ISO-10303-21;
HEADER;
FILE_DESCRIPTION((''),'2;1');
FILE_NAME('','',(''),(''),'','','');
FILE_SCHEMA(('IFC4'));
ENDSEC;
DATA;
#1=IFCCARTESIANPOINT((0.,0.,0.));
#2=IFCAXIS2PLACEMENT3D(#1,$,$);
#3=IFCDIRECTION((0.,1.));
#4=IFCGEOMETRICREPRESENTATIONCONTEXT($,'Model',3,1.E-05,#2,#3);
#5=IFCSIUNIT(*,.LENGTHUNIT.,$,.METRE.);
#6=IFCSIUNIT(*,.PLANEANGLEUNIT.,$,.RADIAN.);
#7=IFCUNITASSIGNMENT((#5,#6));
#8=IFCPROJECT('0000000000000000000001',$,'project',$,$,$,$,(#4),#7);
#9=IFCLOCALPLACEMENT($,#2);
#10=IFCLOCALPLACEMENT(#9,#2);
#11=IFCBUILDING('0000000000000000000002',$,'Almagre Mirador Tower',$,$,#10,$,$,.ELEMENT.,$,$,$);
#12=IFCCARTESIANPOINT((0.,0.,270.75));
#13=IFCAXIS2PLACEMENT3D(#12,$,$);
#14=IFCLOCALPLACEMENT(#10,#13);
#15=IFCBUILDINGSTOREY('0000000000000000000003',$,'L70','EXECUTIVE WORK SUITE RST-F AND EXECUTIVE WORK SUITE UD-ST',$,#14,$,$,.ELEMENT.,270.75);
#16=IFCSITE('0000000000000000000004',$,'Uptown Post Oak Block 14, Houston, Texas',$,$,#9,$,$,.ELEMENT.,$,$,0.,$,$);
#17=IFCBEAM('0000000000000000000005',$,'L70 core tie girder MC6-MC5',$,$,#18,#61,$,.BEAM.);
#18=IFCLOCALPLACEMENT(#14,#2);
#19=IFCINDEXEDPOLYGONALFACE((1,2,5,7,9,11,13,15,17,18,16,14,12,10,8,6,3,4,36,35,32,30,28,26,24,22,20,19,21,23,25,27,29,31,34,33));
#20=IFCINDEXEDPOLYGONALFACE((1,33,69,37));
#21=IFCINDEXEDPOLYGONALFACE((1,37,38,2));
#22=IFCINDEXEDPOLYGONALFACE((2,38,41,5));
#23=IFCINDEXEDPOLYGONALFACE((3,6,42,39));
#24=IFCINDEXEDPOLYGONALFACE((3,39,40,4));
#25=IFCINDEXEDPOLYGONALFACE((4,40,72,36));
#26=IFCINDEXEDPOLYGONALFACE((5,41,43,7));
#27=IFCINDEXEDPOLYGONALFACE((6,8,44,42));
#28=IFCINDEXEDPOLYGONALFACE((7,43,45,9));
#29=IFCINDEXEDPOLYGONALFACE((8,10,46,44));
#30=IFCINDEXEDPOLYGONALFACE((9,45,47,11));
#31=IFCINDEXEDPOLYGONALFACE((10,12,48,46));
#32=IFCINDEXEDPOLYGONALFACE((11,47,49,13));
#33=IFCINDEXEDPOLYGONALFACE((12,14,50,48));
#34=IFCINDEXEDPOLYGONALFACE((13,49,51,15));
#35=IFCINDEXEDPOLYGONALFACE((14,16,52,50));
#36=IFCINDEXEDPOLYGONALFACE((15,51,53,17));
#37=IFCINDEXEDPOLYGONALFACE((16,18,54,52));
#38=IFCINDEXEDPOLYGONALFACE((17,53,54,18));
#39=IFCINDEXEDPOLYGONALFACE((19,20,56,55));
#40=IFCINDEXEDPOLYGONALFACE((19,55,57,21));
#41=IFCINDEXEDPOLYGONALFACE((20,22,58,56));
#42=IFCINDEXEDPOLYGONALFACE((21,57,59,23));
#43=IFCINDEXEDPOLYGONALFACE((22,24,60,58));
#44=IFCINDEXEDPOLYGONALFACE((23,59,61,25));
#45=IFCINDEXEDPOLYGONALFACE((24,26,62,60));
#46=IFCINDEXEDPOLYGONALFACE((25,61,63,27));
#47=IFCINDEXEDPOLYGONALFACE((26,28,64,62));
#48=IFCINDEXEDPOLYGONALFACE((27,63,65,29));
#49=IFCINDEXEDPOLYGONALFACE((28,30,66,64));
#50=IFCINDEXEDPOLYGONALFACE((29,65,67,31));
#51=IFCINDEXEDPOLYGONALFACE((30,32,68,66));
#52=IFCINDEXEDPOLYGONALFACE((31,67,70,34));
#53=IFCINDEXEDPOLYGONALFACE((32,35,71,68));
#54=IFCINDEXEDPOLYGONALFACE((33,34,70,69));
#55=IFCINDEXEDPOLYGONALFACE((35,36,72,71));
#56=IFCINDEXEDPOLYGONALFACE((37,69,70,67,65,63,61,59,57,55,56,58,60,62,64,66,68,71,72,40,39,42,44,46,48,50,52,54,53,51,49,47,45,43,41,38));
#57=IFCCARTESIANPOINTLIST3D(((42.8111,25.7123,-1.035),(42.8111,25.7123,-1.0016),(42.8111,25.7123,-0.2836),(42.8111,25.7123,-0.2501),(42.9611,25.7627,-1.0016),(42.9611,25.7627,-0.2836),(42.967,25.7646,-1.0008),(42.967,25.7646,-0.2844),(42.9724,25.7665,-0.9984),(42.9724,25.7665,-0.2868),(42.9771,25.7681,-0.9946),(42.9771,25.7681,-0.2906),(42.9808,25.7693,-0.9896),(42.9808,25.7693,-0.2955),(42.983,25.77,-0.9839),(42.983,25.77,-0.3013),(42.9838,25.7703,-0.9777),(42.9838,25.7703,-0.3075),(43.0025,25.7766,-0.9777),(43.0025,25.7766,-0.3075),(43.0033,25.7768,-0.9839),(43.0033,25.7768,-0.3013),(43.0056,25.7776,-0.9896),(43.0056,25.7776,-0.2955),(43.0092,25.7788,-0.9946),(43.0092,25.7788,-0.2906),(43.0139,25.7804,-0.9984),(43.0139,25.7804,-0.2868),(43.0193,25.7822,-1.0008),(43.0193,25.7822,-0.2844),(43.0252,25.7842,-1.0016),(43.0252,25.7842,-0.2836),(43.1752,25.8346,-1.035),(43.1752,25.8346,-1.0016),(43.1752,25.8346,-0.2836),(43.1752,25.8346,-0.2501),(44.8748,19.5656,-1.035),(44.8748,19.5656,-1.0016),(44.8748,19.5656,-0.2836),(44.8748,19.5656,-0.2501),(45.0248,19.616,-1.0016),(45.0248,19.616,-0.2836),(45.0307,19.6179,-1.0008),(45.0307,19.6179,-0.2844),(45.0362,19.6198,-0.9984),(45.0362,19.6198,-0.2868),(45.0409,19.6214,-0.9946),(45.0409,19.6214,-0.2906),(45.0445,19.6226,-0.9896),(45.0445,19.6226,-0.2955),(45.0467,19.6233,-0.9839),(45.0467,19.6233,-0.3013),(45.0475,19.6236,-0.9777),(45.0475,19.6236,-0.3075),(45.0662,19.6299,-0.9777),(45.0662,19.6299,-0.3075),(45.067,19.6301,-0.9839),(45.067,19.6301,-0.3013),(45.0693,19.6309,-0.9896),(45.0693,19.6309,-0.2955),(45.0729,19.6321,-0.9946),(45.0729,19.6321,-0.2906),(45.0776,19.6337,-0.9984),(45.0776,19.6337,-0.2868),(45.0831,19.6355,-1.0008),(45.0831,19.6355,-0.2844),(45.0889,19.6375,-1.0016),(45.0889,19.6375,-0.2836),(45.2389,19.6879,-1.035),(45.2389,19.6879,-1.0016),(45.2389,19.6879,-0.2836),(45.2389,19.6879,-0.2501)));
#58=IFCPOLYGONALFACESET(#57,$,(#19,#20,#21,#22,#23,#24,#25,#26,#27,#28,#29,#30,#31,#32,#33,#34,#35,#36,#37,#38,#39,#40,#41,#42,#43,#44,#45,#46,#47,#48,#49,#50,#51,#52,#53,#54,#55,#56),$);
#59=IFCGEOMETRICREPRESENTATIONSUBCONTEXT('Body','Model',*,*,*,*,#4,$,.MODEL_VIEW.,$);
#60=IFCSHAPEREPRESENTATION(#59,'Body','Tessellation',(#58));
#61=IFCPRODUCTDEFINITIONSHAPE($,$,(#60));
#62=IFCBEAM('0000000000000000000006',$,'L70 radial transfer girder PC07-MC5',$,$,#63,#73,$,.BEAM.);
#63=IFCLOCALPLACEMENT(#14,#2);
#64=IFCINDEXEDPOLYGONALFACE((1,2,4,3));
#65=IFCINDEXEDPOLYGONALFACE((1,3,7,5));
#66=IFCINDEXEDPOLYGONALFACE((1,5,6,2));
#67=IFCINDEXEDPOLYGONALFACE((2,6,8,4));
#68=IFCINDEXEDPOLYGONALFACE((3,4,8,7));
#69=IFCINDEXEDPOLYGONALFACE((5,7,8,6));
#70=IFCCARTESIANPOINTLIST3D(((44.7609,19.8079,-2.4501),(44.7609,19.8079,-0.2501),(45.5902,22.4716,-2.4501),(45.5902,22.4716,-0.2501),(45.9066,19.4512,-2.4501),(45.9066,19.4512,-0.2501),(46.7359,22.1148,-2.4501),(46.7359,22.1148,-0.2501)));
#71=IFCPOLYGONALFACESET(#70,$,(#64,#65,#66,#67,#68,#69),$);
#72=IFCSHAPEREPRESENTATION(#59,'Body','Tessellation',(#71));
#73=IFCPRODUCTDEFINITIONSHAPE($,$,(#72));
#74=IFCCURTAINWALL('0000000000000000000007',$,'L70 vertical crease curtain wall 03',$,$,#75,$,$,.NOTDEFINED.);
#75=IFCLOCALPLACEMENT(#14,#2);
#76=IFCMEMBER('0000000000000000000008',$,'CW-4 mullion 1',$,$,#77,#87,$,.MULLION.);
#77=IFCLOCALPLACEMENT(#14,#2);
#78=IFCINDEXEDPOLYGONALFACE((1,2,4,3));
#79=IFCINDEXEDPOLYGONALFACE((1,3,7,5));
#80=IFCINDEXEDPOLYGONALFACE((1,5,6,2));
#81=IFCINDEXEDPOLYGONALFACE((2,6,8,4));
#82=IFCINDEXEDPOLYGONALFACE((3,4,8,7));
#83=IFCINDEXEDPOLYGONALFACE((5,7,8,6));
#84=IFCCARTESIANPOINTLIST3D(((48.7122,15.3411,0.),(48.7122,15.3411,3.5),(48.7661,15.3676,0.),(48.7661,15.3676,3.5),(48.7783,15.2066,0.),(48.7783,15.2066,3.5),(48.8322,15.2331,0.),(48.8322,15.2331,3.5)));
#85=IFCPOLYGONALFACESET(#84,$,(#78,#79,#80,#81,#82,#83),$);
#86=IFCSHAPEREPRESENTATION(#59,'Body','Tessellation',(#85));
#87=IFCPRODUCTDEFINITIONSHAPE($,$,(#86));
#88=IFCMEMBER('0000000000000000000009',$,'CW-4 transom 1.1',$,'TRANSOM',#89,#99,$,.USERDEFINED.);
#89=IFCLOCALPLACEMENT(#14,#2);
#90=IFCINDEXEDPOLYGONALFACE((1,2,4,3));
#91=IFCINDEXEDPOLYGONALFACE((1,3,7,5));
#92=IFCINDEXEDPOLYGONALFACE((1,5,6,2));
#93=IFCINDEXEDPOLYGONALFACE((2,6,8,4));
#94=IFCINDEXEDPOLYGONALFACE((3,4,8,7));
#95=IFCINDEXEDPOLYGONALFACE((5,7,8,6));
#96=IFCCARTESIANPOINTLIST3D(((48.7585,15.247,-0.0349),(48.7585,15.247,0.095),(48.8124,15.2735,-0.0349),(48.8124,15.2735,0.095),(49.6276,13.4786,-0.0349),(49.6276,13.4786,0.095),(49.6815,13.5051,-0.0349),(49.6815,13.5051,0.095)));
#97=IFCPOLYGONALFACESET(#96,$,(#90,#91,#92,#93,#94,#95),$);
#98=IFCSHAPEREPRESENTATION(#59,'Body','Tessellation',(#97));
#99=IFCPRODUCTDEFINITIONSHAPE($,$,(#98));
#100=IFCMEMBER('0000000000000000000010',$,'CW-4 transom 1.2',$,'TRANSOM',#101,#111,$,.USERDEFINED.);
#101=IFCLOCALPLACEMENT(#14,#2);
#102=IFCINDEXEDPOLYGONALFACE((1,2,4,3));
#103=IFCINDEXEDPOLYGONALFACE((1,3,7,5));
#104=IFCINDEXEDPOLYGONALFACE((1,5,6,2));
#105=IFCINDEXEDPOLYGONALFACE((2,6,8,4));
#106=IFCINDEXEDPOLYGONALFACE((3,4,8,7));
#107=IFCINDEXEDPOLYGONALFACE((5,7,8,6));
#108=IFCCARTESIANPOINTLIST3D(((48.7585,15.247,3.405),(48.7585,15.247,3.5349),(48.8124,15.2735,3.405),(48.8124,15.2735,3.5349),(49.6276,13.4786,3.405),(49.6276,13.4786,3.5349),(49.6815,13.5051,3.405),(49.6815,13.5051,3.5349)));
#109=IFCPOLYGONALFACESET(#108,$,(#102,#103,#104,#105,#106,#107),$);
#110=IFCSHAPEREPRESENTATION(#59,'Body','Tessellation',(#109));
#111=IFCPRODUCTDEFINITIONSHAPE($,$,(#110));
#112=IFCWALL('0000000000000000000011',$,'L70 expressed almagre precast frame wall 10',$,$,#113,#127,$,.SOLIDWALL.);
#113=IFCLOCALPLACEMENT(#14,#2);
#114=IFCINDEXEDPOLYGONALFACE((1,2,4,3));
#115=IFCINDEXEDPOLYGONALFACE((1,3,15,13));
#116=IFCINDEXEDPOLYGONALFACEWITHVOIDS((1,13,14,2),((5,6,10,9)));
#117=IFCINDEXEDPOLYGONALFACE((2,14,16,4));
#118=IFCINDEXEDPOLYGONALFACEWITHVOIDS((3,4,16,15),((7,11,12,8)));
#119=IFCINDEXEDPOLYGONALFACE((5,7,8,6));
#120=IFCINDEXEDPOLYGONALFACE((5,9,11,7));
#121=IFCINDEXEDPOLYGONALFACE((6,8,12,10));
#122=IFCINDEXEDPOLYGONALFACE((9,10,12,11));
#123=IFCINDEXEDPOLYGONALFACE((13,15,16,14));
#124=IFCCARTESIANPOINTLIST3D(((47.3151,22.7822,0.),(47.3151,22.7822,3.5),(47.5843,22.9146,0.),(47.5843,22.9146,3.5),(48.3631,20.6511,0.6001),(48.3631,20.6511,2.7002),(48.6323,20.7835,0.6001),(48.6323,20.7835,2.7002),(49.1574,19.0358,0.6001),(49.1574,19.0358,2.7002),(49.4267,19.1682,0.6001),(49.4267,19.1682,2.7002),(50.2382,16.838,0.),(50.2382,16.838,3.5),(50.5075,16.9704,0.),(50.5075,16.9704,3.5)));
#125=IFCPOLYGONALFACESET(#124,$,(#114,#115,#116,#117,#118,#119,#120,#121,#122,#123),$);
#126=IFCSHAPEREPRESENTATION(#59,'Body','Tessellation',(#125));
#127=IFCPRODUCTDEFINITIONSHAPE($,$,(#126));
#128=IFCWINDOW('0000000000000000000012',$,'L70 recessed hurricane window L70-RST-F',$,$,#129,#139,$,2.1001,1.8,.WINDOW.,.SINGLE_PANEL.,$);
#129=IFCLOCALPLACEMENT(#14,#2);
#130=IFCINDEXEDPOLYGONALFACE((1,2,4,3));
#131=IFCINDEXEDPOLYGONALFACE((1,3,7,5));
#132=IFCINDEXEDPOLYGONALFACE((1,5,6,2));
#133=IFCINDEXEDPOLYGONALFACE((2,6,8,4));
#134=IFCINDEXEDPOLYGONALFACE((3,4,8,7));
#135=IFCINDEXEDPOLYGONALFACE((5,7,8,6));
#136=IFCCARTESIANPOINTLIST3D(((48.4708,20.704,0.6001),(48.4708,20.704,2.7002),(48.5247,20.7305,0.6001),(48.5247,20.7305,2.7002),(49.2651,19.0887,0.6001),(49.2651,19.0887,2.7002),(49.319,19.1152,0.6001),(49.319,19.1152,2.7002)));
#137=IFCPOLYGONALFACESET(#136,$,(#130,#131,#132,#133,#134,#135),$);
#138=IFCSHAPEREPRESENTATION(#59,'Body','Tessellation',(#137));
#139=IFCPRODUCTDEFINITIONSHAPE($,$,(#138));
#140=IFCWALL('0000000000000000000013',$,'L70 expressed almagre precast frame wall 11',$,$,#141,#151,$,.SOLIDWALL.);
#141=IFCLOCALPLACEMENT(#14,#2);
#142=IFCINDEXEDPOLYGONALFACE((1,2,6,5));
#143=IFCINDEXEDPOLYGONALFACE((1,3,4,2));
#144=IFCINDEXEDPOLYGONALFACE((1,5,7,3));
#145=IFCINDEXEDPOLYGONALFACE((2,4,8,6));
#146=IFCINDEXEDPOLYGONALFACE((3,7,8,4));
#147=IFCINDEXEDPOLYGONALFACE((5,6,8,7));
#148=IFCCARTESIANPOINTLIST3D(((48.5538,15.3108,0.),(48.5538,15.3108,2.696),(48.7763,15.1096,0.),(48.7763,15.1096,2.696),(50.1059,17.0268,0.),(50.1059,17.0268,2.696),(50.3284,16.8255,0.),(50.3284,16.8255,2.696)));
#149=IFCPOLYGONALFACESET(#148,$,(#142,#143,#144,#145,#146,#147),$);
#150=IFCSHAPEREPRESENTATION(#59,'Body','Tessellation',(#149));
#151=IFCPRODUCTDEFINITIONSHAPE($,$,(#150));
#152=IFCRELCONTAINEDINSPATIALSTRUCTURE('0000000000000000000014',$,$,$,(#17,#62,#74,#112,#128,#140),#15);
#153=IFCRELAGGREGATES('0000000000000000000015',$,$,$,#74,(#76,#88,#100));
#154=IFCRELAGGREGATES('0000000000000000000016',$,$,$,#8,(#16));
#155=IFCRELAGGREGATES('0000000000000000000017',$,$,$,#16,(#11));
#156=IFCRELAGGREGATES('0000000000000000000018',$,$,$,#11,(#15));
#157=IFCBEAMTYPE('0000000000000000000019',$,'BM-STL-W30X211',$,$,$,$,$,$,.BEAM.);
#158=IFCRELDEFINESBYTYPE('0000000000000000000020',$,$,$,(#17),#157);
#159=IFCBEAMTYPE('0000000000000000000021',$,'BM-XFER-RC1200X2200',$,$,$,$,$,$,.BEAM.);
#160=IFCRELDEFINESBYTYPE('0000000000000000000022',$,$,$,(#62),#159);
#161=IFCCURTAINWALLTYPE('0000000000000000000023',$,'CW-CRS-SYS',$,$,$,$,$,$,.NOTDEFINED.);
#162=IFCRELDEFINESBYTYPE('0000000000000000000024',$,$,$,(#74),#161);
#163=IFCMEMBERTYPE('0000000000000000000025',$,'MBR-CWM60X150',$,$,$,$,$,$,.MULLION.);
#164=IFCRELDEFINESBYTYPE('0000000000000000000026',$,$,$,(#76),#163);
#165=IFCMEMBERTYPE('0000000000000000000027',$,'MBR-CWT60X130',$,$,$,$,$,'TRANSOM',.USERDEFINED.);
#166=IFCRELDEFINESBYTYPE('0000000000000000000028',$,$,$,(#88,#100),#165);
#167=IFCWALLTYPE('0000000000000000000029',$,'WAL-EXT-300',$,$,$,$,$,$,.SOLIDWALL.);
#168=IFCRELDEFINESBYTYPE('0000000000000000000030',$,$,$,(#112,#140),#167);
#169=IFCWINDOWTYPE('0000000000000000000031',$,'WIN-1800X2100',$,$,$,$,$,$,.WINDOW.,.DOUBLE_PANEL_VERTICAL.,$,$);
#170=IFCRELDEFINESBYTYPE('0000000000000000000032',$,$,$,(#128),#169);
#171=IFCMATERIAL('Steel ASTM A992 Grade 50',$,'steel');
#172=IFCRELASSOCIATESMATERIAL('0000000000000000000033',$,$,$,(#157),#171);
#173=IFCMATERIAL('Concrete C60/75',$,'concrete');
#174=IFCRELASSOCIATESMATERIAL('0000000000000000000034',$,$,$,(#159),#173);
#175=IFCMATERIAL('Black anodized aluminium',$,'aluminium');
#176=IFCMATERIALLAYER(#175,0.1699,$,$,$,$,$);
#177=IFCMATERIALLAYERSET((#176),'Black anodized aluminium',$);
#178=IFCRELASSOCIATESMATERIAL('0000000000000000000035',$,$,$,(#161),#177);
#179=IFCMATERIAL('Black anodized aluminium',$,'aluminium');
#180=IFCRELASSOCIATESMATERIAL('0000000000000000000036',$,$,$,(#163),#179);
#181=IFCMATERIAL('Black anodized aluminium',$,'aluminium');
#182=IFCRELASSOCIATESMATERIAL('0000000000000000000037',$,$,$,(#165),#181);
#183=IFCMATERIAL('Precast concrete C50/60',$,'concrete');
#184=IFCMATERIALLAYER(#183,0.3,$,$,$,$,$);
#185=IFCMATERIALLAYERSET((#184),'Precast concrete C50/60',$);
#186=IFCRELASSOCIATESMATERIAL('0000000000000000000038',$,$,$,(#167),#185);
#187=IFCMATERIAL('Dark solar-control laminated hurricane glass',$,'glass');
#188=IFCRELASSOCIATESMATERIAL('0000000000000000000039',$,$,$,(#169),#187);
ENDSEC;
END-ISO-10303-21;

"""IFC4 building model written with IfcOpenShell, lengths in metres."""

from ifc_helpers import new_model, si_unit, direction, frame, frame_2d, origin, origin_2d, place, context, subcontext, project, spatial, rectangle, i_section, extrude, material, layer, layer_set, material_profile, profile_set, type_object, element, fill, aggregate, save


model = new_model("IFC4")

# Units and contexts
model_context = context("Model", 3, precision=1e-05, world=origin(), true_north=direction((0.0, 1.0)))
body_context = subcontext(model_context, "Body", "Model", "MODEL_VIEW")
ifc_project = project(units=[si_unit("LENGTHUNIT", "METRE"), si_unit("PLANEANGLEUNIT", "RADIAN")], contexts=[model_context])

# Site, building, storey
site_placement = place(None, origin())
site = spatial("IfcSite", under=ifc_project, at=site_placement, Name="Uptown Post Oak Block 14, Houston, Texas", CompositionType="ELEMENT", RefElevation=0.0)
building_placement = place(site_placement, origin())
building = spatial("IfcBuilding", under=site, at=building_placement, Name="Almagre Mirador Tower", CompositionType="ELEMENT")
storey_placement = place(building_placement, frame((0.0, 0.0, 270.75)))
storey = spatial("IfcBuildingStorey", under=building, at=storey_placement, Name="L70", Description="EXECUTIVE WORK SUITE RST-F AND EXECUTIVE WORK SUITE UD-ST", CompositionType="ELEMENT", Elevation=270.75)

# Beams
ifc_material_1 = material(Name="Steel ASTM A992 Grade 50", Category="steel")
ifc_material_profile_1 = material_profile(ifc_material_1, i_section(OverallWidth=0.384, OverallDepth=0.7849, WebThickness=0.0198, FlangeThickness=0.0334, FilletRadius=0.0239, at=origin_2d()), Name="W30X211")
ifc_profile_set_1 = profile_set([ifc_material_profile_1], Name="Steel ASTM A992 Grade 50")
beam_type_1 = type_object("IfcBeamType", Name="BM-STL-W30X211", PredefinedType="BEAM", material=ifc_profile_set_1)
beam_1_placement = place(storey_placement, frame((42.9932, 25.7734, -0.6426), z_axis=(0.318283, -0.947996, 0.0), x_axis=(0.947996, 0.318283, 0.0)))
element("IfcBeam", 1, at=beam_1_placement, inside=storey, type_object=beam_type_1, Name="L70 core tie girder MC6-MC5", PredefinedType="BEAM", context=body_context, shape_type="SweptSolid", body=[
    extrude(i_section(OverallWidth=0.384, OverallDepth=0.7849, WebThickness=0.0198, FlangeThickness=0.0334, FilletRadius=0.0239, at=origin_2d()), origin(), (0.0, 0.0, 1.0), 6.4839),
])
ifc_material_2 = material(Name="Concrete C60/75", Category="concrete")
ifc_material_profile_2 = material_profile(ifc_material_2, rectangle(XDim=1.2, YDim=2.2, at=origin_2d()), Name="RC1200X2200")
ifc_profile_set_2 = profile_set([ifc_material_profile_2], Name="Concrete C60/75")
beam_type_2 = type_object("IfcBeamType", Name="BM-XFER-RC1200X2200", PredefinedType="BEAM", material=ifc_profile_set_2)
beam_2_placement = place(storey_placement, frame((46.1631, 22.2932, -1.3501), z_axis=(-0.297288, -0.954788, 0.0), x_axis=(0.954788, -0.297288, 0.0)))
element("IfcBeam", 2, at=beam_2_placement, inside=storey, type_object=beam_type_2, Name="L70 radial transfer girder PC07-MC5", PredefinedType="BEAM", context=body_context, shape_type="SweptSolid", body=[
    extrude(rectangle(XDim=1.2, YDim=2.2, at=origin_2d()), origin(), (0.0, 0.0, 1.0), 2.7898),
])

# Curtain wall, members
ifc_material_3 = material(Name="Black anodized aluminium", Category="aluminium")
ifc_layer_1 = layer(ifc_material_3, 0.1699)
ifc_layer_set_1 = layer_set([ifc_layer_1], Name="Black anodized aluminium")
curtain_wall_type = type_object("IfcCurtainWallType", Name="CW-CRS-SYS", PredefinedType="NOTDEFINED", material=ifc_layer_set_1)
curtain_wall_placement = place(storey_placement, origin())
curtain_wall = element("IfcCurtainWall", 3, at=curtain_wall_placement, inside=storey, type_object=curtain_wall_type, Name="L70 vertical crease curtain wall 03", PredefinedType="NOTDEFINED")
ifc_material_4 = material(Name="Black anodized aluminium", Category="aluminium")
ifc_material_profile_3 = material_profile(ifc_material_4, rectangle(XDim=0.0601, YDim=0.1499, at=origin_2d()), Name="CWM60X150")
ifc_profile_set_3 = profile_set([ifc_material_profile_3], Name="Black anodized aluminium")
member_type_1 = type_object("IfcMemberType", Name="MBR-CWM60X150", PredefinedType="MULLION", material=ifc_profile_set_3)
member_1_placement = place(storey_placement, frame((48.7722, 15.2871, 0.0), z_axis=(0.0, 0.0, 1.0), x_axis=(0.897468, 0.44108, 0.0)))
member_1 = element("IfcMember", 4, at=member_1_placement, type_object=member_type_1, Name="CW-4 mullion 1", PredefinedType="MULLION", context=body_context, shape_type="SweptSolid", body=[
    extrude(rectangle(XDim=0.0601, YDim=0.1499, at=origin_2d()), origin(), (0.0, 0.0, 1.0), 3.5),
])
ifc_material_5 = material(Name="Black anodized aluminium", Category="aluminium")
ifc_material_profile_4 = material_profile(ifc_material_5, rectangle(XDim=0.0601, YDim=0.1299, at=origin_2d()), Name="CWT60X130")
ifc_profile_set_4 = profile_set([ifc_material_profile_4], Name="Black anodized aluminium")
member_type_2 = type_object("IfcMemberType", Name="MBR-CWT60X130", ElementType="TRANSOM", PredefinedType="USERDEFINED", material=ifc_profile_set_4)
member_2_placement = place(storey_placement, frame((48.7854, 15.2603, 0.03), z_axis=(0.441107, -0.897455, 0.0), x_axis=(0.897455, 0.441107, 0.0)))
member_2 = element("IfcMember", 5, at=member_2_placement, type_object=member_type_2, Name="CW-4 transom 1.1", ObjectType="TRANSOM", PredefinedType="USERDEFINED", context=body_context, shape_type="SweptSolid", body=[
    extrude(rectangle(XDim=0.0601, YDim=0.1299, at=origin_2d()), origin(), (0.0, 0.0, 1.0), 1.9705),
])
member_3_placement = place(storey_placement, frame((48.7854, 15.2603, 3.47), z_axis=(0.441107, -0.897455, 0.0), x_axis=(0.897455, 0.441107, 0.0)))
member_3 = element("IfcMember", 6, at=member_3_placement, type_object=member_type_2, Name="CW-4 transom 1.2", ObjectType="TRANSOM", PredefinedType="USERDEFINED", context=body_context, shape_type="SweptSolid", body=[
    extrude(rectangle(XDim=0.0601, YDim=0.1299, at=origin_2d()), origin(), (0.0, 0.0, 1.0), 1.9705),
])
aggregate(curtain_wall, [member_1, member_2, member_3])

# Wall, opening, window
ifc_material_6 = material(Name="Precast concrete C50/60", Category="concrete")
ifc_layer_2 = layer(ifc_material_6, 0.3)
ifc_layer_set_2 = layer_set([ifc_layer_2], Name="Precast concrete C50/60")
wall_type_1 = type_object("IfcWallType", Name="WAL-EXT-300", PredefinedType="SOLIDWALL", material=ifc_layer_set_2)
wall_1_placement = place(storey_placement, frame((47.4497, 22.8484, 0.0), z_axis=(0.0, 0.0, 1.0), x_axis=(0.441292, -0.897364, 0.0)))
wall_1 = element("IfcWall", 7, at=wall_1_placement, inside=storey, type_object=wall_type_1, Name="L70 expressed almagre precast frame wall 10", PredefinedType="SOLIDWALL", context=body_context, shape_type="SweptSolid", body=[
    extrude(rectangle(XDim=6.624, YDim=0.3, at=frame_2d((3.312, 0.0))), origin(), (0.0, 0.0, 1.0), 3.5),
])
opening_1_placement = place(wall_1_placement, frame((2.375, 0.0, 0.6001)))
opening_1 = element("IfcOpeningElement", 8, at=opening_1_placement, cuts=wall_1, PredefinedType="OPENING", context=body_context, shape_type="SweptSolid", body=[
    extrude(rectangle(XDim=1.8, YDim=2.1001, at=frame_2d((0.8999, 1.05))), frame((0.0, 0.1599, 0.0), z_axis=(0.0, -1.0, 0.0), x_axis=(1.0, 0.0, 0.0)), (0.0, 0.0, 1.0), 0.32),
])
ifc_material_7 = material(Name="Dark solar-control laminated hurricane glass", Category="glass")
window_type = type_object("IfcWindowType", Name="WIN-1800X2100", PartitioningType="DOUBLE_PANEL_VERTICAL", PredefinedType="WINDOW", material=ifc_material_7)
window_placement = place(opening_1_placement, origin())
window = element("IfcWindow", 9, at=window_placement, inside=storey, type_object=window_type, Name="L70 recessed hurricane window L70-RST-F", OverallHeight=2.1001, OverallWidth=1.8, PartitioningType="SINGLE_PANEL", PredefinedType="WINDOW", context=body_context, shape_type="SweptSolid", body=[
    extrude(rectangle(XDim=1.8, YDim=2.1001, at=frame_2d((0.8999, 1.05))), frame((0.0, 0.03, 0.0), z_axis=(0.0, -1.0, 0.0), x_axis=(1.0, 0.0, 0.0)), (0.0, 0.0, 1.0), 0.0601),
])
fill(opening_1, window)

# Wall
wall_2_placement = place(storey_placement, frame((50.217, 16.926, 0.0), z_axis=(0.0, 0.0, 1.0), x_axis=(-0.670817, -0.741623, 0.0)))
element("IfcWall", 10, at=wall_2_placement, inside=storey, type_object=wall_type_1, Name="L70 expressed almagre precast frame wall 11", PredefinedType="SOLIDWALL", context=body_context, shape_type="SweptSolid", body=[
    extrude(rectangle(XDim=2.3137, YDim=0.3, at=frame_2d((1.1567, 0.0))), origin(), (0.0, 0.0, 1.0), 2.696),
])

save(model, "model.ifc")
